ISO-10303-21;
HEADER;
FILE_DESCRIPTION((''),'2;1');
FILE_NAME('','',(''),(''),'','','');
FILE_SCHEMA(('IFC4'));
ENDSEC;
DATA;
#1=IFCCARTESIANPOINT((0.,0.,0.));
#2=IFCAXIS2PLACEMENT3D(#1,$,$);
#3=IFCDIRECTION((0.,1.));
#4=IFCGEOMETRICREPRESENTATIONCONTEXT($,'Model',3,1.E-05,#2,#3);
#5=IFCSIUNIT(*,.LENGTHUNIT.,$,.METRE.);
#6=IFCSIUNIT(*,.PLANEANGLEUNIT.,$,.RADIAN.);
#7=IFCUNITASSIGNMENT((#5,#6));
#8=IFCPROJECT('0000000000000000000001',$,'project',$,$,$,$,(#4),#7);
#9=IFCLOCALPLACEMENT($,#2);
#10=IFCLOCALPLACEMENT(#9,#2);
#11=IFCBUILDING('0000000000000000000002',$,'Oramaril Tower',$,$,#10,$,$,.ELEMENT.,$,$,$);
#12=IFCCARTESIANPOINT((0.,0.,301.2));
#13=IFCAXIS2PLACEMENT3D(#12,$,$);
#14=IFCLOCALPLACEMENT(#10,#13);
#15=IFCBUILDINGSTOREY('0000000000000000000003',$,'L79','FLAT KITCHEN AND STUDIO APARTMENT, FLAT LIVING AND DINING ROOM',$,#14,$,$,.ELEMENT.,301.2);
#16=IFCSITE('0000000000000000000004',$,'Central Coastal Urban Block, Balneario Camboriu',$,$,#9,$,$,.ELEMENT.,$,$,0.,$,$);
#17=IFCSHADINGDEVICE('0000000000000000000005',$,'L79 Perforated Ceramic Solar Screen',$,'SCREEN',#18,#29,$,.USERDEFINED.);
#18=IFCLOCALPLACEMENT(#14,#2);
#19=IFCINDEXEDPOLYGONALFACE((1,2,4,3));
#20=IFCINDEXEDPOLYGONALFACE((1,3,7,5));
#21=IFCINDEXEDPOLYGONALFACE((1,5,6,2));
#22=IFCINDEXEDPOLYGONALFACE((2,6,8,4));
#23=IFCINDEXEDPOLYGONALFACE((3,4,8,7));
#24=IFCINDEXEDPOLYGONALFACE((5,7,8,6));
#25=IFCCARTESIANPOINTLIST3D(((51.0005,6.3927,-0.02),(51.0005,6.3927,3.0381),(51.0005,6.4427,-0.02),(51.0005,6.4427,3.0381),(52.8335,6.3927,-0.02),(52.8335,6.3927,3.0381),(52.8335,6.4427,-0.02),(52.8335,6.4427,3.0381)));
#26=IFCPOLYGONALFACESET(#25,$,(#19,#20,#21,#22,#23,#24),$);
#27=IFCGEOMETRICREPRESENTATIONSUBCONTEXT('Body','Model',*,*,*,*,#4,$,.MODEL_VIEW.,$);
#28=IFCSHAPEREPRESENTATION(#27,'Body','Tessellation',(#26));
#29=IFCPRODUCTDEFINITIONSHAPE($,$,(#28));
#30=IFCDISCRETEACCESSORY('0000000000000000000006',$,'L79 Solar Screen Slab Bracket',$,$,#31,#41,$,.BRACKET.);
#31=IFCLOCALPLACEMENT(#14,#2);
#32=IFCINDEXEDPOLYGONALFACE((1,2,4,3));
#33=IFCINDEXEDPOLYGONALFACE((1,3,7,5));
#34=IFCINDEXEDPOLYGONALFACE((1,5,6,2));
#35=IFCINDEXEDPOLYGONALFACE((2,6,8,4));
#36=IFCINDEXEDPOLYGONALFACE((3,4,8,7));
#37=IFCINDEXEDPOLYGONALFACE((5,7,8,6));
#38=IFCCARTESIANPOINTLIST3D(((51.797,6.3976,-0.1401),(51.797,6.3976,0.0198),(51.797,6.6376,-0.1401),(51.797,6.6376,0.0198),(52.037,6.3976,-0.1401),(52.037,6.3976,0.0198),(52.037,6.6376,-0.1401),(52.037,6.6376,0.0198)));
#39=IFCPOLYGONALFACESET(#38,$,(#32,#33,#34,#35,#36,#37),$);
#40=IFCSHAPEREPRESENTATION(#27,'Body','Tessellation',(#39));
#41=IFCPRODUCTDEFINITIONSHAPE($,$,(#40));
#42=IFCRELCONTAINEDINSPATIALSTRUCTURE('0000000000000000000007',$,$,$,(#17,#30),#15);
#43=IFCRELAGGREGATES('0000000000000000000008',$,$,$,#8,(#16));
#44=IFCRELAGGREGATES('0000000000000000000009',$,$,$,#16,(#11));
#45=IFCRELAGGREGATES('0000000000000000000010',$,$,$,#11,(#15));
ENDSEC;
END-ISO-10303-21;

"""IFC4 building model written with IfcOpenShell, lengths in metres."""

from ifc_helpers import new_model, si_unit, direction, frame, origin, origin_2d, place, context, subcontext, project, spatial, rectangle, extrude, element, save


model = new_model("IFC4")

# Units and contexts
model_context = context("Model", 3, precision=1e-05, world=origin(), true_north=direction((0.0, 1.0)))
body_context = subcontext(model_context, "Body", "Model", "MODEL_VIEW")
ifc_project = project(units=[si_unit("LENGTHUNIT", "METRE"), si_unit("PLANEANGLEUNIT", "RADIAN")], contexts=[model_context])

# Site, building, storey
site_placement = place(None, origin())
site = spatial("IfcSite", under=ifc_project, at=site_placement, Name="Central Coastal Urban Block, Balneario Camboriu", CompositionType="ELEMENT", RefElevation=0.0)
building_placement = place(site_placement, origin())
building = spatial("IfcBuilding", under=site, at=building_placement, Name="Oramaril Tower", CompositionType="ELEMENT")
storey_placement = place(building_placement, frame((0.0, 0.0, 301.2)))
storey = spatial("IfcBuildingStorey", under=building, at=storey_placement, Name="L79", Description="FLAT KITCHEN AND STUDIO APARTMENT, FLAT LIVING AND DINING ROOM", CompositionType="ELEMENT", Elevation=301.2)

# Shading device
shading_device_placement = place(storey_placement, frame((51.917, 6.4177, -0.02), z_axis=(0.0, 0.0, 1.0), x_axis=(1.0, 0.0, 0.0)))
element("IfcShadingDevice", 1, at=shading_device_placement, inside=storey, Name="L79 Perforated Ceramic Solar Screen", ObjectType="SCREEN", PredefinedType="USERDEFINED", context=body_context, shape_type="SweptSolid", body=[
    extrude(rectangle(XDim=1.833, YDim=0.05, at=origin_2d()), origin(), (0.0, 0.0, 1.0), 3.0581),
])

# Discrete accessory
discrete_accessory_placement = place(storey_placement, frame((51.917, 6.5176, -0.1401), z_axis=(0.0, 0.0, 1.0), x_axis=(1.0, 0.0, 0.0)))
element("IfcDiscreteAccessory", 2, at=discrete_accessory_placement, inside=storey, Name="L79 Solar Screen Slab Bracket", PredefinedType="BRACKET", context=body_context, shape_type="SweptSolid", body=[
    extrude(rectangle(XDim=0.24, YDim=0.24, at=origin_2d()), origin(), (0.0, 0.0, 1.0), 0.1599),
])

save(model, "model.ifc")
